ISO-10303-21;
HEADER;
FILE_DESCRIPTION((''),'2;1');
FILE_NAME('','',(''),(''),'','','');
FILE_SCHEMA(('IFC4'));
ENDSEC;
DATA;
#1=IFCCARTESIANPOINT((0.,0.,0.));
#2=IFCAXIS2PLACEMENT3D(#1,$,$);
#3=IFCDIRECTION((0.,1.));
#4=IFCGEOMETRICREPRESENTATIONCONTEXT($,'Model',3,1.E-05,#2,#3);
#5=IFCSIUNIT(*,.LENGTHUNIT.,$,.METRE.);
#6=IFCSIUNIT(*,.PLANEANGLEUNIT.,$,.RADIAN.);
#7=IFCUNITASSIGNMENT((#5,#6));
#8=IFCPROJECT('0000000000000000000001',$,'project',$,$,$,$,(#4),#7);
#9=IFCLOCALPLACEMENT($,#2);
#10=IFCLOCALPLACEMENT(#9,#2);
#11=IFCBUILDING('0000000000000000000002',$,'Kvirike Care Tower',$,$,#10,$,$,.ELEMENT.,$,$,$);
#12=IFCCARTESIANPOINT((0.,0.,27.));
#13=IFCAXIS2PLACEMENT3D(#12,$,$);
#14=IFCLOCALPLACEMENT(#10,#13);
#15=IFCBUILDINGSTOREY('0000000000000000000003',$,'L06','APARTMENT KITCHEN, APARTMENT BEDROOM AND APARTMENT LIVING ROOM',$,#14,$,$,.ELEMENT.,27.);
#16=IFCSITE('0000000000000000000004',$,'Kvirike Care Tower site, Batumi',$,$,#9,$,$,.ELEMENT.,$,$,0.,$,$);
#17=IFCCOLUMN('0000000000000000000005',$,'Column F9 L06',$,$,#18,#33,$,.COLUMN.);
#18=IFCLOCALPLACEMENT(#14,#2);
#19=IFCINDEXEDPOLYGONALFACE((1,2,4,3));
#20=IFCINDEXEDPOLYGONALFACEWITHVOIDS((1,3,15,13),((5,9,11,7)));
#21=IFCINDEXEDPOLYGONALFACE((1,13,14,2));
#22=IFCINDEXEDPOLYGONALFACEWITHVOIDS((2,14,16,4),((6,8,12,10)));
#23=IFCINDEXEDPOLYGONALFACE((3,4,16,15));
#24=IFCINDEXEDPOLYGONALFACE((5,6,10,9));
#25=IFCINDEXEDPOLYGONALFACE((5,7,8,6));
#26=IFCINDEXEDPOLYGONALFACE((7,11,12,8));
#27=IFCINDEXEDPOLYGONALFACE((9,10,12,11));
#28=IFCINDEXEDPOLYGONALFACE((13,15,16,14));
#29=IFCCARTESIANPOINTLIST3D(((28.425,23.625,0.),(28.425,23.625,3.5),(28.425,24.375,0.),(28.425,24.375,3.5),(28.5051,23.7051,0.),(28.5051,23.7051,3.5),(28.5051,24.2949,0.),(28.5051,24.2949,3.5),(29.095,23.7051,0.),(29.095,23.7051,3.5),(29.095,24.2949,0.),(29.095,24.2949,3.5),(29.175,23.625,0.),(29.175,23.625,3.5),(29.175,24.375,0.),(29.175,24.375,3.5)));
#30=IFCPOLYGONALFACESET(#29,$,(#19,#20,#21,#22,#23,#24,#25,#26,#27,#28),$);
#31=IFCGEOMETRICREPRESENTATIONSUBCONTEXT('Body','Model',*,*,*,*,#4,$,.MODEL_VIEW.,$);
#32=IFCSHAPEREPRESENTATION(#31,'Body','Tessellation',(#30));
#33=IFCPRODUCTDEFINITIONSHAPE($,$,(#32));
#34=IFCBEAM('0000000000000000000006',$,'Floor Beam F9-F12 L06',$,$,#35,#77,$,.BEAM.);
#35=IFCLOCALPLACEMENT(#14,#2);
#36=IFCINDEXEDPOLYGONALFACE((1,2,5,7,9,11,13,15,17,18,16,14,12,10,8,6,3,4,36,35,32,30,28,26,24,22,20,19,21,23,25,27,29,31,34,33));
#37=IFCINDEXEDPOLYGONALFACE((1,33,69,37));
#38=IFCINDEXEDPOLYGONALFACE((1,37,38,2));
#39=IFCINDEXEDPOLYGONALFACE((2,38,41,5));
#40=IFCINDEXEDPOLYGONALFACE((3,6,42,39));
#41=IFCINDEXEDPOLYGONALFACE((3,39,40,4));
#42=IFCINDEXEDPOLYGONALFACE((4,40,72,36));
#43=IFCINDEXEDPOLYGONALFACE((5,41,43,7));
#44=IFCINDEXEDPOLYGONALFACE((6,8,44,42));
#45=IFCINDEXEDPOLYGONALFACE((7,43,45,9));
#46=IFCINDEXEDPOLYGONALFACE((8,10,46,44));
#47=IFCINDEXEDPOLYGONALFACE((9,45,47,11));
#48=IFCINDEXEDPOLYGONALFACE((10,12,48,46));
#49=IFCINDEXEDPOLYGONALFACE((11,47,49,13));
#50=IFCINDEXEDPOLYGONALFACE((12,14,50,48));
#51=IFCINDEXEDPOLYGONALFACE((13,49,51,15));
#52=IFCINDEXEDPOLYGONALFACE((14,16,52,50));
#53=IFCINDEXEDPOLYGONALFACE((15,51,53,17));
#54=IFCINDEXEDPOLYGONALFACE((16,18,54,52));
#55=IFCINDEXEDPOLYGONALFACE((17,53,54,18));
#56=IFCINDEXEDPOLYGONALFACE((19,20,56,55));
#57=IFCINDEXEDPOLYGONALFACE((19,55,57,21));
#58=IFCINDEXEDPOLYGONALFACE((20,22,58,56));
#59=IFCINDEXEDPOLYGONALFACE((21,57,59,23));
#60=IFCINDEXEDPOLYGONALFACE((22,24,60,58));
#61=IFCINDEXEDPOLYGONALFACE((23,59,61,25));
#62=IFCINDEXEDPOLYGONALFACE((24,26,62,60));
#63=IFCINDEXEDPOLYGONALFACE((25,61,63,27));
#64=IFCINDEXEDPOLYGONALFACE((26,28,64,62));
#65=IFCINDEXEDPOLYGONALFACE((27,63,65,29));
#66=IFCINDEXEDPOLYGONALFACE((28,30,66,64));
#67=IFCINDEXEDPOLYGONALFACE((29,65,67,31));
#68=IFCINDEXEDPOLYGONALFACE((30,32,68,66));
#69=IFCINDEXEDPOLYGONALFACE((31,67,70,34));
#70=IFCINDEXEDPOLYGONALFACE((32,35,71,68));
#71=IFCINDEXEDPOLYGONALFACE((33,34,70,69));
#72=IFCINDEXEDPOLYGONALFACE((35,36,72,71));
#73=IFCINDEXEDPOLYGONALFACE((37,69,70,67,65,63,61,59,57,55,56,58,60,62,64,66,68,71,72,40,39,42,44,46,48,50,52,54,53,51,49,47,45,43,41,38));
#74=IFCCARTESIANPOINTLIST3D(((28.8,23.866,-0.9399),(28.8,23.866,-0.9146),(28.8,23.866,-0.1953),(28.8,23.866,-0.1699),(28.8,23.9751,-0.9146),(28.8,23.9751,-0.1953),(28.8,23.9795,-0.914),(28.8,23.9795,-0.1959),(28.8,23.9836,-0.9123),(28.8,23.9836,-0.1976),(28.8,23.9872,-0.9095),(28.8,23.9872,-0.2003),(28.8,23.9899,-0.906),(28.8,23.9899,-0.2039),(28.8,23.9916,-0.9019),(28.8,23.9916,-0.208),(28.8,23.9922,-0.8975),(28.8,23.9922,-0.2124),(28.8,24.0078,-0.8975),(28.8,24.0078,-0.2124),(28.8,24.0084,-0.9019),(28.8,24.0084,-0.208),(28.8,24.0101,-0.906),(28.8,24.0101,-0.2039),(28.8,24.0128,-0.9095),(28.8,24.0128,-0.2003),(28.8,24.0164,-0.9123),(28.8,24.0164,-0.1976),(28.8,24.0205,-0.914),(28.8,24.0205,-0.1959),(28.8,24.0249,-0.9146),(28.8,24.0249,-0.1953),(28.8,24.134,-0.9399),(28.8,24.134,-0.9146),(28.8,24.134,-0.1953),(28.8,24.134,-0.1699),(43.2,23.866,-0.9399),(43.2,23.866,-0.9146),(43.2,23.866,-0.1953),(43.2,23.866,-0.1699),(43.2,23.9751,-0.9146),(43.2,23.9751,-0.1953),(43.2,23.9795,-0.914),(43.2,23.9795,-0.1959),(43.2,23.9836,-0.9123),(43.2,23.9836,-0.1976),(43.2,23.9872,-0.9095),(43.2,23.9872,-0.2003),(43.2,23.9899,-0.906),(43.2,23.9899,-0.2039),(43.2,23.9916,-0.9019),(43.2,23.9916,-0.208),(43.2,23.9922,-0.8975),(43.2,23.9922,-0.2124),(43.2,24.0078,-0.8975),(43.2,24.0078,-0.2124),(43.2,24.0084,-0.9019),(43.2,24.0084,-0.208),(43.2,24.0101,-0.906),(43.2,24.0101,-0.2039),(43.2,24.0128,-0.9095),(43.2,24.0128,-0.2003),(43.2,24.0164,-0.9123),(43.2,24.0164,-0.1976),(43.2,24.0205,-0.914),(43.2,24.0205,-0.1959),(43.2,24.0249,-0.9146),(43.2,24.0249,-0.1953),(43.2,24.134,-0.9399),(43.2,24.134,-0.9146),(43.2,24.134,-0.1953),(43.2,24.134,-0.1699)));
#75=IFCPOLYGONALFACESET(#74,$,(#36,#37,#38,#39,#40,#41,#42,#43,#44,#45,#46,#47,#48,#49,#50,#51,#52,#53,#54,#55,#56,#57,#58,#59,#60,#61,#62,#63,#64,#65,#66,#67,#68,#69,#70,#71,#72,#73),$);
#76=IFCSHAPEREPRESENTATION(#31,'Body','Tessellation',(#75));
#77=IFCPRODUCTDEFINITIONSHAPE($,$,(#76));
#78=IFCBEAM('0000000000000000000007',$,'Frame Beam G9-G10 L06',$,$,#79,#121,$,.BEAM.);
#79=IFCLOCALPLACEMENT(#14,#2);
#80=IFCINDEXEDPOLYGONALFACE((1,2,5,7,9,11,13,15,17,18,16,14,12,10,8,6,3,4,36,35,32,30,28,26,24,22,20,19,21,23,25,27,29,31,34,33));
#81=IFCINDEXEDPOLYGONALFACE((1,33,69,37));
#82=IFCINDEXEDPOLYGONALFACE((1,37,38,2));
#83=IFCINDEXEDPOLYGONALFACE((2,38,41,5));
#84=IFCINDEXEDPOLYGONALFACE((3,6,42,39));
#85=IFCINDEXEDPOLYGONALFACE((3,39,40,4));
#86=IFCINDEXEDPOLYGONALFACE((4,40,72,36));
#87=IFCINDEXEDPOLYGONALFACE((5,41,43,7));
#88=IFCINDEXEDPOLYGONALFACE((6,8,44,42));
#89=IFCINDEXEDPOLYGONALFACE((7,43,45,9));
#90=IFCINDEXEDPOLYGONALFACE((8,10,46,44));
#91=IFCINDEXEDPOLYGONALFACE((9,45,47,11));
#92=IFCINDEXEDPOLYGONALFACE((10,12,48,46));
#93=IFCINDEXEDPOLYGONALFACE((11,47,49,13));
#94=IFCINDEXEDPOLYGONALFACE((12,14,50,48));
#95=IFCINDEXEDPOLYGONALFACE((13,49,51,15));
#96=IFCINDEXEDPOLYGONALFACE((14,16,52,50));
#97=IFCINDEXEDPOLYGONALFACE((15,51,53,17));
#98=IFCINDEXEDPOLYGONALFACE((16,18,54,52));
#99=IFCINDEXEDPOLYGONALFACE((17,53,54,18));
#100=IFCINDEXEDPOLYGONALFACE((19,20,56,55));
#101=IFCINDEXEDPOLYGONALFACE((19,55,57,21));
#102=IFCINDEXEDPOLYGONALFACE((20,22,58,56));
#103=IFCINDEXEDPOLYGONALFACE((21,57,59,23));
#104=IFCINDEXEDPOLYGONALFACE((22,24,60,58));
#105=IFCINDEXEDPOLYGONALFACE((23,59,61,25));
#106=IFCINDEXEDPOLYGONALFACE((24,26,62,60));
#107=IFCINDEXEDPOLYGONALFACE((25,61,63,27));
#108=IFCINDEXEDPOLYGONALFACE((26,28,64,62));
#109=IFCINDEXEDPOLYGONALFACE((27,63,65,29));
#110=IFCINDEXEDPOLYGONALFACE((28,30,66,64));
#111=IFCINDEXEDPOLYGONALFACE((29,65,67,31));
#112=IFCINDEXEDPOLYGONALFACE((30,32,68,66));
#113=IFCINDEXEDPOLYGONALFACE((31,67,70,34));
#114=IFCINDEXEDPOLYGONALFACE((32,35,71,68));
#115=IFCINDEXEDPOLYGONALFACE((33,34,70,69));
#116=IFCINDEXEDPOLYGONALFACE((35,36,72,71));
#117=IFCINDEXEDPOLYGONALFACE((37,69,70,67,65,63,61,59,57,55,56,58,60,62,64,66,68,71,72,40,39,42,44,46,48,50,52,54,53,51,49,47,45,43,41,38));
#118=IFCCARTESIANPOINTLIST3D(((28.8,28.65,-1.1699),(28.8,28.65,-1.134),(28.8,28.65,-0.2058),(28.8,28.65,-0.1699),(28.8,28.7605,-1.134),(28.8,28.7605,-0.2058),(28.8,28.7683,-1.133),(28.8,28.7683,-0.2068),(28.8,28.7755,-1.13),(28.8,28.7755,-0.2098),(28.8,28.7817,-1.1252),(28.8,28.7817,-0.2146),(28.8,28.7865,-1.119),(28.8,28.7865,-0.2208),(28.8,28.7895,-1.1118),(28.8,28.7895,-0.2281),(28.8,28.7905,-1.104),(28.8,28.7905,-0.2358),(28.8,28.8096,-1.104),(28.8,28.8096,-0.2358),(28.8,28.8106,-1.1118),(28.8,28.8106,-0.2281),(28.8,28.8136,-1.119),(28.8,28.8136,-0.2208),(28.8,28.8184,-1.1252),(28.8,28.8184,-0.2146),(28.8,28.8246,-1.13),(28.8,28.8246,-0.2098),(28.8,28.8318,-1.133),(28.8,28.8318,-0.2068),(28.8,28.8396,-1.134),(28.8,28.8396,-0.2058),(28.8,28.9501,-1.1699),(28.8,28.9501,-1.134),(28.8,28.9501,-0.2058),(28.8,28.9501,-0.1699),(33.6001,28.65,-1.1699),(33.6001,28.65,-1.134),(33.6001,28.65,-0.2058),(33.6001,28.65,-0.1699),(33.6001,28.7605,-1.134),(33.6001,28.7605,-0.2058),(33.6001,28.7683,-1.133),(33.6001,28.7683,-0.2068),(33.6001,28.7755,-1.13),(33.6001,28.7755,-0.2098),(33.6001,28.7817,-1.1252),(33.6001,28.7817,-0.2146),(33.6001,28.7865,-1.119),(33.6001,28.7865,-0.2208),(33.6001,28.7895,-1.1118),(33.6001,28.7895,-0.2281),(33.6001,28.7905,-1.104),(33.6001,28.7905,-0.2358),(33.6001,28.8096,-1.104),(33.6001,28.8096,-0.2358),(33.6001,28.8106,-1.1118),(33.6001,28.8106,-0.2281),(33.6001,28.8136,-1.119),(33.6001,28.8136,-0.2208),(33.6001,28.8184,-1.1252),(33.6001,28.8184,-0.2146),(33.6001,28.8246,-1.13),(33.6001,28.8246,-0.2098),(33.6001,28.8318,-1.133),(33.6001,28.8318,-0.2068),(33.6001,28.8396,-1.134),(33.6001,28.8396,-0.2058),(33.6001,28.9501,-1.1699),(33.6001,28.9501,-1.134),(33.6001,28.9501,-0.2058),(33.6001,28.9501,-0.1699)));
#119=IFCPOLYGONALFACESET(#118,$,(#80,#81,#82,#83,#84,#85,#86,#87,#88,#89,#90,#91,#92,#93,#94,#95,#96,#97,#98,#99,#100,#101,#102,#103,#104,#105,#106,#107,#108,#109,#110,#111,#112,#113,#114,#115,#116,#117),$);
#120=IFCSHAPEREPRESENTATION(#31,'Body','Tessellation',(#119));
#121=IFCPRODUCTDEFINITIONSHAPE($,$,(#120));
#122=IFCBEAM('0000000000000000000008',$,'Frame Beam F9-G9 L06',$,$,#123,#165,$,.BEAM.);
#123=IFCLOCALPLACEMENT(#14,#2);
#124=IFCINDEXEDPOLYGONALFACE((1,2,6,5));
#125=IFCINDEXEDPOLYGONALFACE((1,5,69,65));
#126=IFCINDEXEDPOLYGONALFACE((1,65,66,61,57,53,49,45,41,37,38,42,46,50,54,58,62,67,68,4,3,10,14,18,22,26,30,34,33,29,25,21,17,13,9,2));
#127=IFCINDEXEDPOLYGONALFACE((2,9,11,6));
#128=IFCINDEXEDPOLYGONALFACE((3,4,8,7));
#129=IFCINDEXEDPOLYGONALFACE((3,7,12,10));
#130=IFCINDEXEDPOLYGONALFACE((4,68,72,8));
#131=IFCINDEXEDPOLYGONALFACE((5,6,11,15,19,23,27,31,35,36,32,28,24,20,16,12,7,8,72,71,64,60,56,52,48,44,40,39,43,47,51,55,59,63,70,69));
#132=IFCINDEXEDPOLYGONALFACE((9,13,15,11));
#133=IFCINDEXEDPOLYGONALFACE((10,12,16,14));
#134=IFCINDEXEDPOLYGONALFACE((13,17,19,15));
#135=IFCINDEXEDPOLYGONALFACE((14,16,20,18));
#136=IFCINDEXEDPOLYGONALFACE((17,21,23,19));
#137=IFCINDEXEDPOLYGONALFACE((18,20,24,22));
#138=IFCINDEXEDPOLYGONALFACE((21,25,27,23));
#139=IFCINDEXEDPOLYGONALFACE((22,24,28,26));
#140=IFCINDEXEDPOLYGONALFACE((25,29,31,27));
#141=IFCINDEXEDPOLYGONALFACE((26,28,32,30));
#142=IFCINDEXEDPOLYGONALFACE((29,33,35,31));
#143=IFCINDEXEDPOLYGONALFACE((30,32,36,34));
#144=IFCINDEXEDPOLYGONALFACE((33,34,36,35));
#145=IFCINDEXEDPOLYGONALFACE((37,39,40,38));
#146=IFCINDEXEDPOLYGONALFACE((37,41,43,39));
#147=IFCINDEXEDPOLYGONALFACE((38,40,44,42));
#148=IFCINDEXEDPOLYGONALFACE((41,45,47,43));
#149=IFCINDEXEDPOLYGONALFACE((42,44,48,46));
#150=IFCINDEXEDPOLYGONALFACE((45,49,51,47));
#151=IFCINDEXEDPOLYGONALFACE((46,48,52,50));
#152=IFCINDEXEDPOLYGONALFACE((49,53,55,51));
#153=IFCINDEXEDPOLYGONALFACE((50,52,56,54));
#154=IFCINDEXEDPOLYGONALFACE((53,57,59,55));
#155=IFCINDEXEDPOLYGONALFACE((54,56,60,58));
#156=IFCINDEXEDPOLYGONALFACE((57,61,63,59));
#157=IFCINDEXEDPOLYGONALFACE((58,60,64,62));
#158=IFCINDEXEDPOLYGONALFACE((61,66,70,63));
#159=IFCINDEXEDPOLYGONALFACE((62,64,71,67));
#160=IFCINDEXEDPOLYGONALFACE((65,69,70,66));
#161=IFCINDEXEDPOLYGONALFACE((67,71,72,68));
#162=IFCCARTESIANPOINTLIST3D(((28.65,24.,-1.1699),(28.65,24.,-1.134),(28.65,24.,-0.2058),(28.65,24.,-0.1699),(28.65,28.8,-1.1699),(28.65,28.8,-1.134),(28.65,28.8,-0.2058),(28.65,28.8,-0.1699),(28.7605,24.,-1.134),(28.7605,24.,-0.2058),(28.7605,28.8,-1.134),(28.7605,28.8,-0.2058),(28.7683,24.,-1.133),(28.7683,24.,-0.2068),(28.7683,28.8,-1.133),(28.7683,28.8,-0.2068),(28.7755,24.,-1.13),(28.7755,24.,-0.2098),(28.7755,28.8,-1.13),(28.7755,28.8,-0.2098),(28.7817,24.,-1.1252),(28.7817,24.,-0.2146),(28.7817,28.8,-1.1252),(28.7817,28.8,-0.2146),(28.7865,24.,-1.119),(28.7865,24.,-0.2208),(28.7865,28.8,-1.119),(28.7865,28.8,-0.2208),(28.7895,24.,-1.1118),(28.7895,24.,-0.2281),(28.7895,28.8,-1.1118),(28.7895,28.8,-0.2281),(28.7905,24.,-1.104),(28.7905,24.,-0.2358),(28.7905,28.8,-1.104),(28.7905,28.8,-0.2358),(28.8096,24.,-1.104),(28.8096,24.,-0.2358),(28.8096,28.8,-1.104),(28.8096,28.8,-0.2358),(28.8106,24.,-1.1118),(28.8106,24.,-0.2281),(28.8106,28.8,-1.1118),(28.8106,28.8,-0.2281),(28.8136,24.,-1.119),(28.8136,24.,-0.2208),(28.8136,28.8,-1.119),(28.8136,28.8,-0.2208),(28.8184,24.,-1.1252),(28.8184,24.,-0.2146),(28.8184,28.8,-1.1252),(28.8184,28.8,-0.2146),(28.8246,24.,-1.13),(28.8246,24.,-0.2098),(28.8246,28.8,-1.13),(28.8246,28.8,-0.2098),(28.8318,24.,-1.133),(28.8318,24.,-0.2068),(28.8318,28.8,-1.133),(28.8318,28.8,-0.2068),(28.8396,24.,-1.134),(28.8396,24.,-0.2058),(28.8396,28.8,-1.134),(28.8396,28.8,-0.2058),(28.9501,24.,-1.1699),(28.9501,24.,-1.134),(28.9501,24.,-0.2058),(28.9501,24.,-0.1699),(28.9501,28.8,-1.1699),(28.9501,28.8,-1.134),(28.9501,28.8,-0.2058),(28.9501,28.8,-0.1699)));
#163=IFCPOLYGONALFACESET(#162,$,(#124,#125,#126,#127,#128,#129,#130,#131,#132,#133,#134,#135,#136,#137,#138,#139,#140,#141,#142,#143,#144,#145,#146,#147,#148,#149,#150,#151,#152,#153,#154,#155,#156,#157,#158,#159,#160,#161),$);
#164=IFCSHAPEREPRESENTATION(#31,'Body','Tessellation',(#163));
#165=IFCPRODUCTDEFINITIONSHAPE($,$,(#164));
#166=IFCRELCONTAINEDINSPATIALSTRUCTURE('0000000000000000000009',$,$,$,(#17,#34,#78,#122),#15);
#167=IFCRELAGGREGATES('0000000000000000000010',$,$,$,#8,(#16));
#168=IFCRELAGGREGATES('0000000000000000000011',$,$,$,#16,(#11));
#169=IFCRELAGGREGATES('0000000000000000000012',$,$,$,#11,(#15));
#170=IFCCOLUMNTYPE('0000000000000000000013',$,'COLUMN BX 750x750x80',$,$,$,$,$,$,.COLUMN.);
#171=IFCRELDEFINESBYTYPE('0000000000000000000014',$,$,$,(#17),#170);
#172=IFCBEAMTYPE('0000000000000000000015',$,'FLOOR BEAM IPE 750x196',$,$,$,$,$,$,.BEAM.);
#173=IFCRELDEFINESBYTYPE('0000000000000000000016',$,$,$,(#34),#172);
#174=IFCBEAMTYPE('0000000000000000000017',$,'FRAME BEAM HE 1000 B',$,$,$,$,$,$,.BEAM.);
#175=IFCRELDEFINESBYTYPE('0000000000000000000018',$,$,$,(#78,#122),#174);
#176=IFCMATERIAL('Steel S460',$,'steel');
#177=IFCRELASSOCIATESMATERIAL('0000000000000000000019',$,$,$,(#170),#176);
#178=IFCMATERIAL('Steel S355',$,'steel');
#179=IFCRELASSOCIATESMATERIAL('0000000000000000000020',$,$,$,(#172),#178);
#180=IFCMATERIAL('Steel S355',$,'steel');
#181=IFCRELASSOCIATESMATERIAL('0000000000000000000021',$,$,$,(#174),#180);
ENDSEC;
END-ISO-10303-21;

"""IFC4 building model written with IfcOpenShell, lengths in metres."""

from ifc_helpers import new_model, si_unit, direction, frame, origin, origin_2d, place, context, subcontext, project, spatial, hollow_rectangle, i_section, extrude, material, material_profile, profile_set, type_object, element, save


model = new_model("IFC4")

# Units and contexts
model_context = context("Model", 3, precision=1e-05, world=origin(), true_north=direction((0.0, 1.0)))
body_context = subcontext(model_context, "Body", "Model", "MODEL_VIEW")
ifc_project = project(units=[si_unit("LENGTHUNIT", "METRE"), si_unit("PLANEANGLEUNIT", "RADIAN")], contexts=[model_context])

# Site, building, storey
site_placement = place(None, origin())
site = spatial("IfcSite", under=ifc_project, at=site_placement, Name="Kvirike Care Tower site, Batumi", CompositionType="ELEMENT", RefElevation=0.0)
building_placement = place(site_placement, origin())
building = spatial("IfcBuilding", under=site, at=building_placement, Name="Kvirike Care Tower", CompositionType="ELEMENT")
storey_placement = place(building_placement, frame((0.0, 0.0, 27.0)))
storey = spatial("IfcBuildingStorey", under=building, at=storey_placement, Name="L06", Description="APARTMENT KITCHEN, APARTMENT BEDROOM AND APARTMENT LIVING ROOM", CompositionType="ELEMENT", Elevation=27.0)

# Column
ifc_material_1 = material(Name="Steel S460", Category="steel")
ifc_material_profile_1 = material_profile(ifc_material_1, hollow_rectangle(XDim=0.75, YDim=0.75, WallThickness=0.0801, at=origin_2d()), Name="BX 750x750x80")
ifc_profile_set_1 = profile_set([ifc_material_profile_1], Name="Steel S460")
column_type = type_object("IfcColumnType", Name="COLUMN BX 750x750x80", PredefinedType="COLUMN", material=ifc_profile_set_1)
column_placement = place(storey_placement, frame((28.8, 24.0, 0.0), z_axis=(0.0, 0.0, 1.0), x_axis=(1.0, 0.0, 0.0)))
element("IfcColumn", 1, at=column_placement, inside=storey, type_object=column_type, Name="Column F9 L06", PredefinedType="COLUMN", context=body_context, shape_type="SweptSolid", body=[
    extrude(hollow_rectangle(XDim=0.75, YDim=0.75, WallThickness=0.0801, at=origin_2d()), origin(), (0.0, 0.0, 1.0), 3.5),
])

# Beams
ifc_material_2 = material(Name="Steel S355", Category="steel")
ifc_material_profile_2 = material_profile(ifc_material_2, i_section(OverallWidth=0.2681, OverallDepth=0.77, WebThickness=0.0156, FlangeThickness=0.0254, FilletRadius=0.0171, at=origin_2d()), Name="IPE 750x196")
ifc_profile_set_2 = profile_set([ifc_material_profile_2], Name="Steel S355")
beam_type_1 = type_object("IfcBeamType", Name="FLOOR BEAM IPE 750x196", PredefinedType="BEAM", material=ifc_profile_set_2)
beam_placement = place(storey_placement, frame((28.8, 24.0, -0.5549), z_axis=(1.0, 0.0, 0.0), x_axis=(0.0, 1.0, 0.0)))
element("IfcBeam", 2, at=beam_placement, inside=storey, type_object=beam_type_1, Name="Floor Beam F9-F12 L06", PredefinedType="BEAM", context=body_context, shape_type="SweptSolid", body=[
    extrude(i_section(OverallWidth=0.2681, OverallDepth=0.77, WebThickness=0.0156, FlangeThickness=0.0254, FilletRadius=0.0171, at=origin_2d()), origin(), (0.0, 0.0, 1.0), 14.3999),
])
ifc_material_3 = material(Name="Steel S355", Category="steel")
ifc_material_profile_3 = material_profile(ifc_material_3, i_section(OverallWidth=0.3, OverallDepth=1.0, WebThickness=0.019, FlangeThickness=0.0359, FilletRadius=0.03, at=origin_2d()), Name="HE 1000 B")
ifc_profile_set_3 = profile_set([ifc_material_profile_3], Name="Steel S355")
beam_type_2 = type_object("IfcBeamType", Name="FRAME BEAM HE 1000 B", PredefinedType="BEAM", material=ifc_profile_set_3)
for number, where, z_axis, x_axis, name in (
    (3, (28.8, 28.8, -0.6699), (1.0, 0.0, 0.0), (0.0, 1.0, 0.0), "Frame Beam G9-G10 L06"),
    (4, (28.8, 24.0, -0.6699), (0.0, 1.0, 0.0), (-1.0, 0.0, 0.0), "Frame Beam F9-G9 L06"),
):
    element("IfcBeam", number, at=place(storey_placement, frame(where, z_axis=z_axis, x_axis=x_axis)), inside=storey, type_object=beam_type_2, Name=name, PredefinedType="BEAM", context=body_context, shape_type="SweptSolid", body=[
        extrude(i_section(OverallWidth=0.3, OverallDepth=1.0, WebThickness=0.019, FlangeThickness=0.0359, FilletRadius=0.03, at=origin_2d()), origin(), (0.0, 0.0, 1.0), 4.8),
    ])

save(model, "model.ifc")
